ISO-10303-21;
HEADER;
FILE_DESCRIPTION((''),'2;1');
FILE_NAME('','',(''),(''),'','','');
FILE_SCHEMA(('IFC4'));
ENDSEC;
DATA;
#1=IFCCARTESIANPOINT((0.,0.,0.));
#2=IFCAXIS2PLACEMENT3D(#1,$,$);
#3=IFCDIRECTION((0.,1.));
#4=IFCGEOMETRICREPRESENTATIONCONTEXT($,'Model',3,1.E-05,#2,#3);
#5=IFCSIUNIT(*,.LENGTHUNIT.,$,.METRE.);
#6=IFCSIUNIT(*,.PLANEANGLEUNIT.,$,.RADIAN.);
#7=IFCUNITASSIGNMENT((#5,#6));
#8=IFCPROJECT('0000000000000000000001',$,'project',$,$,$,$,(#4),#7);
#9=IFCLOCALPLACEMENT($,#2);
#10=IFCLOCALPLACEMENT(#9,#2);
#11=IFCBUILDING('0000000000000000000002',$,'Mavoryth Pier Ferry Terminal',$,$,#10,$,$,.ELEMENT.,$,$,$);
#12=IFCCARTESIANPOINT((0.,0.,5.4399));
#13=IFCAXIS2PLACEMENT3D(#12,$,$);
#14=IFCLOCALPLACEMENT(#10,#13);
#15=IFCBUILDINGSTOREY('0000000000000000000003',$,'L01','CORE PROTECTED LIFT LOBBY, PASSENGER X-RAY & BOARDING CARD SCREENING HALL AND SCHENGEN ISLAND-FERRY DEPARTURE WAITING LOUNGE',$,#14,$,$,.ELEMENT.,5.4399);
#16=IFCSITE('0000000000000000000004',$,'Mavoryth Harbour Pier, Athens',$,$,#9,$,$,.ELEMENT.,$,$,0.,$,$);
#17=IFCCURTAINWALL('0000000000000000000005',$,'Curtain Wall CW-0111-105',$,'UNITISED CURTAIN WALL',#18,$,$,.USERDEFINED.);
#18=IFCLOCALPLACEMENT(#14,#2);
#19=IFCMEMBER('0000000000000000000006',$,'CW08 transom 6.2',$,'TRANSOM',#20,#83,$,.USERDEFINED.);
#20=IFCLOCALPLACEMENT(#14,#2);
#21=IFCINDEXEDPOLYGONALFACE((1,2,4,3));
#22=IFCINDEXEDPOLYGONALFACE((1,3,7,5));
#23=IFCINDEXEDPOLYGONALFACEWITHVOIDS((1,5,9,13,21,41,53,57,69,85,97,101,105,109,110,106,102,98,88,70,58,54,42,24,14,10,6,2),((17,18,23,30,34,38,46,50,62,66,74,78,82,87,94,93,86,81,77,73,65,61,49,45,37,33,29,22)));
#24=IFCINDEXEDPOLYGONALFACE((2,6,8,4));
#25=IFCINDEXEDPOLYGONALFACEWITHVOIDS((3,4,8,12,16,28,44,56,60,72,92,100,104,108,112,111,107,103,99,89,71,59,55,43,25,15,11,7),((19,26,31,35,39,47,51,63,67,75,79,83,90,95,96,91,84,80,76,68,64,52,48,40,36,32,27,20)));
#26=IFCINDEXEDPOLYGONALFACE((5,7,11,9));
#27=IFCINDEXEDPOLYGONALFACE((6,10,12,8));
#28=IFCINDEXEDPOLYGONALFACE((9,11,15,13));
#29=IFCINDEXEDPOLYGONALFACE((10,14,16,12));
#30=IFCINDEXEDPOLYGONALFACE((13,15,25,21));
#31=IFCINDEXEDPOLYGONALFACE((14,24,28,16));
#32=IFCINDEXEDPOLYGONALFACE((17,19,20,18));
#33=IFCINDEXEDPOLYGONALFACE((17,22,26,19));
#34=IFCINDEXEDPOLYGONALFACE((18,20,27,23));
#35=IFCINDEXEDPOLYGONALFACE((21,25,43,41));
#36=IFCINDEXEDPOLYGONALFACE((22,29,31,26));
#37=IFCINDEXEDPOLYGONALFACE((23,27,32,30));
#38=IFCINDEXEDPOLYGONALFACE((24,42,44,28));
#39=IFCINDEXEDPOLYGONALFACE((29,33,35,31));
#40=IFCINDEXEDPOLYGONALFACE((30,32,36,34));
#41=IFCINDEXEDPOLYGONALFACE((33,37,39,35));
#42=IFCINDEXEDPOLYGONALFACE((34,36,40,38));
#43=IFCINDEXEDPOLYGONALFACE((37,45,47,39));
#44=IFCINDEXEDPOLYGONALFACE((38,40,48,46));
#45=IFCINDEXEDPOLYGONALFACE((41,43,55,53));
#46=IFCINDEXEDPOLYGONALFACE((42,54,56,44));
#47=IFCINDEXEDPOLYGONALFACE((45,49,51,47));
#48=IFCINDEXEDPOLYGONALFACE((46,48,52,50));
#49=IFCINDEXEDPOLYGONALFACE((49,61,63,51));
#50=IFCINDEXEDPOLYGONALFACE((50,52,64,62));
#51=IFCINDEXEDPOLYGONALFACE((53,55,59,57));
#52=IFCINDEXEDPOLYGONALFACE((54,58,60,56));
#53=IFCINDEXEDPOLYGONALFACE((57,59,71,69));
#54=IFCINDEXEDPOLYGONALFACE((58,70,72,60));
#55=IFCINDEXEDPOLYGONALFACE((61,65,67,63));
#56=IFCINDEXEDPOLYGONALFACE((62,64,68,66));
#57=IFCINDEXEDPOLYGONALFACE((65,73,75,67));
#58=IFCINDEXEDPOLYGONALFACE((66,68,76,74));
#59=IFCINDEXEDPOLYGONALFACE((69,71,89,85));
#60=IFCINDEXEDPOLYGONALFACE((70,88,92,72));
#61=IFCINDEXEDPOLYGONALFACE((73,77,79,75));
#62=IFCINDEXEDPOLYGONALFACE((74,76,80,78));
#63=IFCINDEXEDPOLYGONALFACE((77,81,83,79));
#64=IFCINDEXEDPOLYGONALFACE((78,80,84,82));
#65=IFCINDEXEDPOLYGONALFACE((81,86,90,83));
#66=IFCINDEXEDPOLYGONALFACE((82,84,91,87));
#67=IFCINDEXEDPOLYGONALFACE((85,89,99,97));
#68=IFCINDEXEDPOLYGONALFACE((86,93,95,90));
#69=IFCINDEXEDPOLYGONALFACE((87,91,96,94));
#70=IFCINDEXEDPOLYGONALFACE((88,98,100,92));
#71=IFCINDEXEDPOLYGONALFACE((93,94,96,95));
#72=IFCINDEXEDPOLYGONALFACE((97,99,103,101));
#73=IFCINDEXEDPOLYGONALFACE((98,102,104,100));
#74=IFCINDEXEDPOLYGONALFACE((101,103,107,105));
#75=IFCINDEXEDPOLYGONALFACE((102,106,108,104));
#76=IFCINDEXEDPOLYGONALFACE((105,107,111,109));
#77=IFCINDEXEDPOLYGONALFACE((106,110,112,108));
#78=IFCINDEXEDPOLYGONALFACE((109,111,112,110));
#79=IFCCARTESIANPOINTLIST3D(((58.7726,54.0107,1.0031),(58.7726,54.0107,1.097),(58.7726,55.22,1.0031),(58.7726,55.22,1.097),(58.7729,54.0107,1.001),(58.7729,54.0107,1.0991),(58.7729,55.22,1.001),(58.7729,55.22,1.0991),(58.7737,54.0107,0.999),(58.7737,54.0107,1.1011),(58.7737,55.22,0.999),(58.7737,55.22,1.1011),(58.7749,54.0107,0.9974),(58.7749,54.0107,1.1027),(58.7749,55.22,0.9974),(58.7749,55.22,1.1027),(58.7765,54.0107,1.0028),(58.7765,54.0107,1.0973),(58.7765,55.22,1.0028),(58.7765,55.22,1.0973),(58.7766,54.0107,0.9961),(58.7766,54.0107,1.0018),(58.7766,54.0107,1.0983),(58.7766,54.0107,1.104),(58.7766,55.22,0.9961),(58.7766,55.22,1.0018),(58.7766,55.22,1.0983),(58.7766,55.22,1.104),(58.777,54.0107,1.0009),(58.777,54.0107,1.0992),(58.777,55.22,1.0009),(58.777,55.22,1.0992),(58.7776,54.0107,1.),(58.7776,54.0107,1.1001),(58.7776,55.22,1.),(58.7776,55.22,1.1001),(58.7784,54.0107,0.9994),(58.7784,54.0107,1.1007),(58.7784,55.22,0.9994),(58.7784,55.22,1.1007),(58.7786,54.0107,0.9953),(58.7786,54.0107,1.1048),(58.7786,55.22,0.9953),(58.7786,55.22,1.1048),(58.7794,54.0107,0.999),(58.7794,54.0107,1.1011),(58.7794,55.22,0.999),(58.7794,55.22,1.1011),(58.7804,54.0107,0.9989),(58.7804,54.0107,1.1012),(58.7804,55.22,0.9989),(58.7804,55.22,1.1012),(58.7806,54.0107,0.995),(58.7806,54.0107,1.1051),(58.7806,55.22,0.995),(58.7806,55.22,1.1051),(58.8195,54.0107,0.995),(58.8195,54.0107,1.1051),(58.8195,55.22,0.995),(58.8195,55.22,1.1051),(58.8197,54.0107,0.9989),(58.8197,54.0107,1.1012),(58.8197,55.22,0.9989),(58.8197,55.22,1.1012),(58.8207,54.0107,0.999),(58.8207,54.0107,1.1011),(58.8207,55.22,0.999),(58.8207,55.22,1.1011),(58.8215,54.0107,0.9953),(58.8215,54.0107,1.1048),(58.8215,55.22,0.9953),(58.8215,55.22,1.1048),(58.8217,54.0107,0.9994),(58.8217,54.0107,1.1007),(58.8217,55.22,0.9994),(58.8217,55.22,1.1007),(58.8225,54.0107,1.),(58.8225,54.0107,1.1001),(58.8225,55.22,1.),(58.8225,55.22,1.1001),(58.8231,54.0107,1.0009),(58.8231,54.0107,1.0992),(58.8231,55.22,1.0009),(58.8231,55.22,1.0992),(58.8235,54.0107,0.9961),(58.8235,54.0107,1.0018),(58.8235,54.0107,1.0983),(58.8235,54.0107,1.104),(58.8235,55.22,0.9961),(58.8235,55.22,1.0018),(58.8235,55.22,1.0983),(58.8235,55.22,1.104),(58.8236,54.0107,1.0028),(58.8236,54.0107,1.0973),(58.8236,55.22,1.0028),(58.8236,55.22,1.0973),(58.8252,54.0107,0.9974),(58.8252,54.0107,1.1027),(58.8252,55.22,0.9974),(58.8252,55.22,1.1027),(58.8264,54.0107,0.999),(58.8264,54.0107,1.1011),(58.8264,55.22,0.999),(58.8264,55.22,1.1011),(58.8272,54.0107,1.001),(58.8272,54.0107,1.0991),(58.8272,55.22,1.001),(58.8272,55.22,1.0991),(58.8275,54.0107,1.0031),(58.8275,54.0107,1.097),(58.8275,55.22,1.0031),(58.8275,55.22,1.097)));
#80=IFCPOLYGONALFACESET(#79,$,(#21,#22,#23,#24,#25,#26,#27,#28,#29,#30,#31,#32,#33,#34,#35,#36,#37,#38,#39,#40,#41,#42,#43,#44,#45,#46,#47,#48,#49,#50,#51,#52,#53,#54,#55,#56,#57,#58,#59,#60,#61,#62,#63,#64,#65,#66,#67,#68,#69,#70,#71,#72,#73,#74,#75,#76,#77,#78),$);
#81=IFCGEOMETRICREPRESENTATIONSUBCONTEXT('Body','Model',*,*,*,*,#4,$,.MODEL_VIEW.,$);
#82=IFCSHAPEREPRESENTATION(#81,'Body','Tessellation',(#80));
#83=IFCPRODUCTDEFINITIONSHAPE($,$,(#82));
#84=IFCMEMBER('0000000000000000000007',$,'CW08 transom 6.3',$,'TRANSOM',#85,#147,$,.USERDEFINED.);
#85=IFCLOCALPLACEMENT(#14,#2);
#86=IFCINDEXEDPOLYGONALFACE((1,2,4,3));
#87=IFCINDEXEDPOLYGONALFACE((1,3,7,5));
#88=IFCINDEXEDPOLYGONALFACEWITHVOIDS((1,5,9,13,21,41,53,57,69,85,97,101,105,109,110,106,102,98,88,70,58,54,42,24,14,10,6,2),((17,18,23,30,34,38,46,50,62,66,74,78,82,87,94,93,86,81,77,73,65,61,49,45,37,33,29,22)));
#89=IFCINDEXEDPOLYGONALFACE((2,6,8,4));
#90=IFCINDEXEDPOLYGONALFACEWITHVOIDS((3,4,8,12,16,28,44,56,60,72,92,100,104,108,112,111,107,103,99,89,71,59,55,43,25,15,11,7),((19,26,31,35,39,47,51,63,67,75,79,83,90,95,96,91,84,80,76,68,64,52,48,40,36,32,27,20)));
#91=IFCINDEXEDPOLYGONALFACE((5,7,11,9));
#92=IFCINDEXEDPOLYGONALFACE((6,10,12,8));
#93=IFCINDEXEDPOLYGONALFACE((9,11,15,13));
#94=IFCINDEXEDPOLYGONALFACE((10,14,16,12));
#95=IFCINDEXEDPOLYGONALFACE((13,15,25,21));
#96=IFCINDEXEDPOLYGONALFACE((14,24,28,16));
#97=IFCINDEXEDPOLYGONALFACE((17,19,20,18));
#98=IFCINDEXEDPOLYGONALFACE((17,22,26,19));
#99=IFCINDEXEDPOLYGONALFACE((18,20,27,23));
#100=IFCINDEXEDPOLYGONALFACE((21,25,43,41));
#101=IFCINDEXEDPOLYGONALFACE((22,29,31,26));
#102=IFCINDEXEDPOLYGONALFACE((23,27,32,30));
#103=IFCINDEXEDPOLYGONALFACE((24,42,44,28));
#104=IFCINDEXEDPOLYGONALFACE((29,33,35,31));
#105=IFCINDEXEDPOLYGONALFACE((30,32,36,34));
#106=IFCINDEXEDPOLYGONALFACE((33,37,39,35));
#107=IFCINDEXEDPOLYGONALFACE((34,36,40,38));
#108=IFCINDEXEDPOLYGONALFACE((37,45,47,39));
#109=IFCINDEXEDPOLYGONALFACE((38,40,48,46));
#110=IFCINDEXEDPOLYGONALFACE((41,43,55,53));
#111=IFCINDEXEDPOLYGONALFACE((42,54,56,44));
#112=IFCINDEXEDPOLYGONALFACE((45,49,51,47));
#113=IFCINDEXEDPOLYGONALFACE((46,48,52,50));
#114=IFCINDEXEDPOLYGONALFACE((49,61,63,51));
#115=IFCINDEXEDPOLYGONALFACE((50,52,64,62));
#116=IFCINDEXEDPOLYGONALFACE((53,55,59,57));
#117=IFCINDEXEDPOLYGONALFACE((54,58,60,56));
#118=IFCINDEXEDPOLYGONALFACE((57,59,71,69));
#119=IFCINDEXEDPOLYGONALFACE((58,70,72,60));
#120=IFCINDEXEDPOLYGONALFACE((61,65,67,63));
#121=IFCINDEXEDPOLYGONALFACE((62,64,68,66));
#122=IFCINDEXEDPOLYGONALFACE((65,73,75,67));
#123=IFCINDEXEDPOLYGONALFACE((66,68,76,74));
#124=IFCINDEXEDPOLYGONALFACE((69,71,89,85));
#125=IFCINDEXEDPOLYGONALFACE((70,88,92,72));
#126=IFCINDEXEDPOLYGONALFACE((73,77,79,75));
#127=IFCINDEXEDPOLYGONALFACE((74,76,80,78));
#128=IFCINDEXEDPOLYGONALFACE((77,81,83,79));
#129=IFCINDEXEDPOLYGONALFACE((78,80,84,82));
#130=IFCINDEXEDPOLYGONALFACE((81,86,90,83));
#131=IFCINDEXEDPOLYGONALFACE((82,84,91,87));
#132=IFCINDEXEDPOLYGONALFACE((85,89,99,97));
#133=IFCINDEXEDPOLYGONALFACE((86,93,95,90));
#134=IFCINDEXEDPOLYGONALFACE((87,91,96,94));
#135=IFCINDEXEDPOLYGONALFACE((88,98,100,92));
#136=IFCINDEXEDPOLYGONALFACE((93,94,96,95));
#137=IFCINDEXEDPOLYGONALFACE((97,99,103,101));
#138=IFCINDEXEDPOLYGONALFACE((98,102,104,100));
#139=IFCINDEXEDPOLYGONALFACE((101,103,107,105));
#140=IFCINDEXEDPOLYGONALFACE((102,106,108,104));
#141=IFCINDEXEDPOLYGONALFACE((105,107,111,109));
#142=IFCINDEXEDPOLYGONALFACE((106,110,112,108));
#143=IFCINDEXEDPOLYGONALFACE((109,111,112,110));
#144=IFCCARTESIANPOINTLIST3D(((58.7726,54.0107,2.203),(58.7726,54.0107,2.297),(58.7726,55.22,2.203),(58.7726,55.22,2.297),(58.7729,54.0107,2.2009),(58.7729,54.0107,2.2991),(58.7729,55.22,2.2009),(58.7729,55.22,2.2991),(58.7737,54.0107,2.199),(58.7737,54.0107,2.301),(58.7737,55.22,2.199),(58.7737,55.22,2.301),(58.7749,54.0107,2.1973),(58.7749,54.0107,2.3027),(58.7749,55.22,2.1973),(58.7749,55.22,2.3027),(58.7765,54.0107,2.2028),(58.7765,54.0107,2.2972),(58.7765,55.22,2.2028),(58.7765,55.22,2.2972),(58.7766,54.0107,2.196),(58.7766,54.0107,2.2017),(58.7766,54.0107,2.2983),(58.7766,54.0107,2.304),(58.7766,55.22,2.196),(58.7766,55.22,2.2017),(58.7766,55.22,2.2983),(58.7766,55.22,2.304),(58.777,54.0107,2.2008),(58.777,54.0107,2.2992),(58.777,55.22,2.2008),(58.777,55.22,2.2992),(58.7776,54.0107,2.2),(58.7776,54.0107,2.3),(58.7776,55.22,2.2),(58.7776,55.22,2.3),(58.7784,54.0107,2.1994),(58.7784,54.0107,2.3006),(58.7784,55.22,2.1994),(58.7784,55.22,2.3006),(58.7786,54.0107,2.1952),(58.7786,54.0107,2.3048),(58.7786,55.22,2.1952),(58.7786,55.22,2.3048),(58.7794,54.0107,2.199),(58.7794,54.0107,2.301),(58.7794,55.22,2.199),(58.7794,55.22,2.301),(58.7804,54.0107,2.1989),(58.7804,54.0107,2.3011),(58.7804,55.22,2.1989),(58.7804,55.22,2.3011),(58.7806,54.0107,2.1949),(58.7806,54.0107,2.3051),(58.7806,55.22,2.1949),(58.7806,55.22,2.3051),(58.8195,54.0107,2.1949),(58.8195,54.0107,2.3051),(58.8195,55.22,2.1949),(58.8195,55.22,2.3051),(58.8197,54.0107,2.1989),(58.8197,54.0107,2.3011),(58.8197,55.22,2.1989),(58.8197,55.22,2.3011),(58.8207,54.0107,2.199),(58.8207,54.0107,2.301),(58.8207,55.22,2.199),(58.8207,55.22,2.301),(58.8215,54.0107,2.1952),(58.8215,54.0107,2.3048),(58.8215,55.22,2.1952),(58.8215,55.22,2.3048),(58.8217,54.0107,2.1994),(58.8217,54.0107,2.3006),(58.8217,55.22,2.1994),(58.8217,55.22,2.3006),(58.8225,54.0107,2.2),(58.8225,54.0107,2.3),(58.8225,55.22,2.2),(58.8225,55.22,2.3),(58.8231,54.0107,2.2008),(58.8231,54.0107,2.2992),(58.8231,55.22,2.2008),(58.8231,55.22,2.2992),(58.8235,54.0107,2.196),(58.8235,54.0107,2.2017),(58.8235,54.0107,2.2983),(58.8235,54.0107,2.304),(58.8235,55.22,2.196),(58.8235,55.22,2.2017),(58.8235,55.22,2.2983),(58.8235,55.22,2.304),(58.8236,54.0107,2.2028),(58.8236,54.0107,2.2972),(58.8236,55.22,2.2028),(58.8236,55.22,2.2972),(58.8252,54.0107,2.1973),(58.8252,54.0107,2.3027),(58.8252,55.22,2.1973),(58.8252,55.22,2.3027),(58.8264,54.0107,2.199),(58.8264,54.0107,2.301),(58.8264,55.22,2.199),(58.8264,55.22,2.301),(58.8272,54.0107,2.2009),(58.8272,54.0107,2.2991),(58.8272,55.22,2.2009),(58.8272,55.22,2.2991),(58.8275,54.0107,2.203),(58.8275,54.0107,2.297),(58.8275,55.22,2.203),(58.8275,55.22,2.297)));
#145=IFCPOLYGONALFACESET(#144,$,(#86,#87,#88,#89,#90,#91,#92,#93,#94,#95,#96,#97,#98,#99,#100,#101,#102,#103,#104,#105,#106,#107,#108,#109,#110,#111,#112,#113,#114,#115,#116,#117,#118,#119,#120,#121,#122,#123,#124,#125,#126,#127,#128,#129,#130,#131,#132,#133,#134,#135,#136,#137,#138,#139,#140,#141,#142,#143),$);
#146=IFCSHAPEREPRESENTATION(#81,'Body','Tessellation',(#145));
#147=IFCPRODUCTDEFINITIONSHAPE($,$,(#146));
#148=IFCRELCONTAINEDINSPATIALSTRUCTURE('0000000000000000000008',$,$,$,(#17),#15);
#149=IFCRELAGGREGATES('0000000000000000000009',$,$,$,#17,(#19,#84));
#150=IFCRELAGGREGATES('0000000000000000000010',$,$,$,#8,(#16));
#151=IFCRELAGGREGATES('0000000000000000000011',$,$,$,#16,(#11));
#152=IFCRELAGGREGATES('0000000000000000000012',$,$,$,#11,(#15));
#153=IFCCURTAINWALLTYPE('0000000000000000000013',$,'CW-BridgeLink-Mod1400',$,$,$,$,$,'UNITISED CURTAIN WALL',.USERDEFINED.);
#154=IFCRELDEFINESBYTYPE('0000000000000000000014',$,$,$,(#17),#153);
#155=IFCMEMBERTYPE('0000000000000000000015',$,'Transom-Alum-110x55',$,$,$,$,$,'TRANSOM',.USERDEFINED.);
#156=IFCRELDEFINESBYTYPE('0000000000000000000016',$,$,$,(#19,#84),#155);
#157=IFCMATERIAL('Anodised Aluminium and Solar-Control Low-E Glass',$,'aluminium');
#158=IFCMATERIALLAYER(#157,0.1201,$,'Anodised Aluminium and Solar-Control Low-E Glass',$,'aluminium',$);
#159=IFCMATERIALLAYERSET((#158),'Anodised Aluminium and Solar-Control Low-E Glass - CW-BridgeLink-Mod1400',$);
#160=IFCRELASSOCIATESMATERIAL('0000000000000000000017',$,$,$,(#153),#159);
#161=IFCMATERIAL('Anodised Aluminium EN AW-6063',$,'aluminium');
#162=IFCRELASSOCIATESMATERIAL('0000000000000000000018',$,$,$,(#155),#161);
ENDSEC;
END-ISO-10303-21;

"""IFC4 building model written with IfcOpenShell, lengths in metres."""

from ifc_helpers import new_model, si_unit, direction, frame, origin, origin_2d, place, context, subcontext, project, spatial, hollow_rectangle, extrude, material, layer, layer_set, material_profile, profile_set, type_object, element, aggregate, save


model = new_model("IFC4")

# Units and contexts
model_context = context("Model", 3, precision=1e-05, world=origin(), true_north=direction((0.0, 1.0)))
body_context = subcontext(model_context, "Body", "Model", "MODEL_VIEW")
ifc_project = project(units=[si_unit("LENGTHUNIT", "METRE"), si_unit("PLANEANGLEUNIT", "RADIAN")], contexts=[model_context])

# Site, building, storey
site_placement = place(None, origin())
site = spatial("IfcSite", under=ifc_project, at=site_placement, Name="Mavoryth Harbour Pier, Athens", CompositionType="ELEMENT", RefElevation=0.0)
building_placement = place(site_placement, origin())
building = spatial("IfcBuilding", under=site, at=building_placement, Name="Mavoryth Pier Ferry Terminal", CompositionType="ELEMENT")
storey_placement = place(building_placement, frame((0.0, 0.0, 5.4399)))
storey = spatial("IfcBuildingStorey", under=building, at=storey_placement, Name="L01", Description="CORE PROTECTED LIFT LOBBY, PASSENGER X-RAY & BOARDING CARD SCREENING HALL AND SCHENGEN ISLAND-FERRY DEPARTURE WAITING LOUNGE", CompositionType="ELEMENT", Elevation=5.4399)

# Curtain wall, members
ifc_material_1 = material(Name="Anodised Aluminium and Solar-Control Low-E Glass", Category="aluminium")
ifc_layer_1 = layer(ifc_material_1, 0.1201, Name="Anodised Aluminium and Solar-Control Low-E Glass", Category="aluminium")
ifc_layer_set_1 = layer_set([ifc_layer_1], Name="Anodised Aluminium and Solar-Control Low-E Glass - CW-BridgeLink-Mod1400")
curtain_wall_type = type_object("IfcCurtainWallType", Name="CW-BridgeLink-Mod1400", ElementType="UNITISED CURTAIN WALL", PredefinedType="USERDEFINED", material=ifc_layer_set_1)
curtain_wall_placement = place(storey_placement, origin())
curtain_wall = element("IfcCurtainWall", 1, at=curtain_wall_placement, inside=storey, type_object=curtain_wall_type, Name="Curtain Wall CW-0111-105", ObjectType="UNITISED CURTAIN WALL", PredefinedType="USERDEFINED")
ifc_material_2 = material(Name="Anodised Aluminium EN AW-6063", Category="aluminium")
ifc_material_profile_1 = material_profile(ifc_material_2, hollow_rectangle(XDim=0.0549, YDim=0.1101, WallThickness=0.0039, InnerFilletRadius=0.0039, OuterFilletRadius=0.0081, at=origin_2d()), Name="AL-TRAN 110x55x4", Category="aluminium")
ifc_profile_set_1 = profile_set([ifc_material_profile_1], Name="Anodised Aluminium EN AW-6063 - AL-TRAN 110x55x4")
member_type_1 = type_object("IfcMemberType", Name="Transom-Alum-110x55", ElementType="TRANSOM", PredefinedType="USERDEFINED", material=ifc_profile_set_1)
member_1_placement = place(storey_placement, frame((58.8, 54.0107, 1.05), z_axis=(0.0, 1.0, 0.0), x_axis=(-1.0, 0.0, 0.0)))
member_1 = element("IfcMember", 2, at=member_1_placement, type_object=member_type_1, Name="CW08 transom 6.2", ObjectType="TRANSOM", PredefinedType="USERDEFINED", context=body_context, shape_type="SweptSolid", body=[
    extrude(hollow_rectangle(XDim=0.0549, YDim=0.1101, WallThickness=0.0039, InnerFilletRadius=0.0039, OuterFilletRadius=0.0081, at=origin_2d()), origin(), (0.0, 0.0, 1.0), 1.2092),
])
member_2_placement = place(storey_placement, frame((58.8, 54.0107, 2.25), z_axis=(0.0, 1.0, 0.0), x_axis=(-1.0, 0.0, 0.0)))
member_2 = element("IfcMember", 3, at=member_2_placement, type_object=member_type_1, Name="CW08 transom 6.3", ObjectType="TRANSOM", PredefinedType="USERDEFINED", context=body_context, shape_type="SweptSolid", body=[
    extrude(hollow_rectangle(XDim=0.0549, YDim=0.1101, WallThickness=0.0039, InnerFilletRadius=0.0039, OuterFilletRadius=0.0081, at=origin_2d()), origin(), (0.0, 0.0, 1.0), 1.2092),
])
aggregate(curtain_wall, [member_1, member_2])

save(model, "model.ifc")
